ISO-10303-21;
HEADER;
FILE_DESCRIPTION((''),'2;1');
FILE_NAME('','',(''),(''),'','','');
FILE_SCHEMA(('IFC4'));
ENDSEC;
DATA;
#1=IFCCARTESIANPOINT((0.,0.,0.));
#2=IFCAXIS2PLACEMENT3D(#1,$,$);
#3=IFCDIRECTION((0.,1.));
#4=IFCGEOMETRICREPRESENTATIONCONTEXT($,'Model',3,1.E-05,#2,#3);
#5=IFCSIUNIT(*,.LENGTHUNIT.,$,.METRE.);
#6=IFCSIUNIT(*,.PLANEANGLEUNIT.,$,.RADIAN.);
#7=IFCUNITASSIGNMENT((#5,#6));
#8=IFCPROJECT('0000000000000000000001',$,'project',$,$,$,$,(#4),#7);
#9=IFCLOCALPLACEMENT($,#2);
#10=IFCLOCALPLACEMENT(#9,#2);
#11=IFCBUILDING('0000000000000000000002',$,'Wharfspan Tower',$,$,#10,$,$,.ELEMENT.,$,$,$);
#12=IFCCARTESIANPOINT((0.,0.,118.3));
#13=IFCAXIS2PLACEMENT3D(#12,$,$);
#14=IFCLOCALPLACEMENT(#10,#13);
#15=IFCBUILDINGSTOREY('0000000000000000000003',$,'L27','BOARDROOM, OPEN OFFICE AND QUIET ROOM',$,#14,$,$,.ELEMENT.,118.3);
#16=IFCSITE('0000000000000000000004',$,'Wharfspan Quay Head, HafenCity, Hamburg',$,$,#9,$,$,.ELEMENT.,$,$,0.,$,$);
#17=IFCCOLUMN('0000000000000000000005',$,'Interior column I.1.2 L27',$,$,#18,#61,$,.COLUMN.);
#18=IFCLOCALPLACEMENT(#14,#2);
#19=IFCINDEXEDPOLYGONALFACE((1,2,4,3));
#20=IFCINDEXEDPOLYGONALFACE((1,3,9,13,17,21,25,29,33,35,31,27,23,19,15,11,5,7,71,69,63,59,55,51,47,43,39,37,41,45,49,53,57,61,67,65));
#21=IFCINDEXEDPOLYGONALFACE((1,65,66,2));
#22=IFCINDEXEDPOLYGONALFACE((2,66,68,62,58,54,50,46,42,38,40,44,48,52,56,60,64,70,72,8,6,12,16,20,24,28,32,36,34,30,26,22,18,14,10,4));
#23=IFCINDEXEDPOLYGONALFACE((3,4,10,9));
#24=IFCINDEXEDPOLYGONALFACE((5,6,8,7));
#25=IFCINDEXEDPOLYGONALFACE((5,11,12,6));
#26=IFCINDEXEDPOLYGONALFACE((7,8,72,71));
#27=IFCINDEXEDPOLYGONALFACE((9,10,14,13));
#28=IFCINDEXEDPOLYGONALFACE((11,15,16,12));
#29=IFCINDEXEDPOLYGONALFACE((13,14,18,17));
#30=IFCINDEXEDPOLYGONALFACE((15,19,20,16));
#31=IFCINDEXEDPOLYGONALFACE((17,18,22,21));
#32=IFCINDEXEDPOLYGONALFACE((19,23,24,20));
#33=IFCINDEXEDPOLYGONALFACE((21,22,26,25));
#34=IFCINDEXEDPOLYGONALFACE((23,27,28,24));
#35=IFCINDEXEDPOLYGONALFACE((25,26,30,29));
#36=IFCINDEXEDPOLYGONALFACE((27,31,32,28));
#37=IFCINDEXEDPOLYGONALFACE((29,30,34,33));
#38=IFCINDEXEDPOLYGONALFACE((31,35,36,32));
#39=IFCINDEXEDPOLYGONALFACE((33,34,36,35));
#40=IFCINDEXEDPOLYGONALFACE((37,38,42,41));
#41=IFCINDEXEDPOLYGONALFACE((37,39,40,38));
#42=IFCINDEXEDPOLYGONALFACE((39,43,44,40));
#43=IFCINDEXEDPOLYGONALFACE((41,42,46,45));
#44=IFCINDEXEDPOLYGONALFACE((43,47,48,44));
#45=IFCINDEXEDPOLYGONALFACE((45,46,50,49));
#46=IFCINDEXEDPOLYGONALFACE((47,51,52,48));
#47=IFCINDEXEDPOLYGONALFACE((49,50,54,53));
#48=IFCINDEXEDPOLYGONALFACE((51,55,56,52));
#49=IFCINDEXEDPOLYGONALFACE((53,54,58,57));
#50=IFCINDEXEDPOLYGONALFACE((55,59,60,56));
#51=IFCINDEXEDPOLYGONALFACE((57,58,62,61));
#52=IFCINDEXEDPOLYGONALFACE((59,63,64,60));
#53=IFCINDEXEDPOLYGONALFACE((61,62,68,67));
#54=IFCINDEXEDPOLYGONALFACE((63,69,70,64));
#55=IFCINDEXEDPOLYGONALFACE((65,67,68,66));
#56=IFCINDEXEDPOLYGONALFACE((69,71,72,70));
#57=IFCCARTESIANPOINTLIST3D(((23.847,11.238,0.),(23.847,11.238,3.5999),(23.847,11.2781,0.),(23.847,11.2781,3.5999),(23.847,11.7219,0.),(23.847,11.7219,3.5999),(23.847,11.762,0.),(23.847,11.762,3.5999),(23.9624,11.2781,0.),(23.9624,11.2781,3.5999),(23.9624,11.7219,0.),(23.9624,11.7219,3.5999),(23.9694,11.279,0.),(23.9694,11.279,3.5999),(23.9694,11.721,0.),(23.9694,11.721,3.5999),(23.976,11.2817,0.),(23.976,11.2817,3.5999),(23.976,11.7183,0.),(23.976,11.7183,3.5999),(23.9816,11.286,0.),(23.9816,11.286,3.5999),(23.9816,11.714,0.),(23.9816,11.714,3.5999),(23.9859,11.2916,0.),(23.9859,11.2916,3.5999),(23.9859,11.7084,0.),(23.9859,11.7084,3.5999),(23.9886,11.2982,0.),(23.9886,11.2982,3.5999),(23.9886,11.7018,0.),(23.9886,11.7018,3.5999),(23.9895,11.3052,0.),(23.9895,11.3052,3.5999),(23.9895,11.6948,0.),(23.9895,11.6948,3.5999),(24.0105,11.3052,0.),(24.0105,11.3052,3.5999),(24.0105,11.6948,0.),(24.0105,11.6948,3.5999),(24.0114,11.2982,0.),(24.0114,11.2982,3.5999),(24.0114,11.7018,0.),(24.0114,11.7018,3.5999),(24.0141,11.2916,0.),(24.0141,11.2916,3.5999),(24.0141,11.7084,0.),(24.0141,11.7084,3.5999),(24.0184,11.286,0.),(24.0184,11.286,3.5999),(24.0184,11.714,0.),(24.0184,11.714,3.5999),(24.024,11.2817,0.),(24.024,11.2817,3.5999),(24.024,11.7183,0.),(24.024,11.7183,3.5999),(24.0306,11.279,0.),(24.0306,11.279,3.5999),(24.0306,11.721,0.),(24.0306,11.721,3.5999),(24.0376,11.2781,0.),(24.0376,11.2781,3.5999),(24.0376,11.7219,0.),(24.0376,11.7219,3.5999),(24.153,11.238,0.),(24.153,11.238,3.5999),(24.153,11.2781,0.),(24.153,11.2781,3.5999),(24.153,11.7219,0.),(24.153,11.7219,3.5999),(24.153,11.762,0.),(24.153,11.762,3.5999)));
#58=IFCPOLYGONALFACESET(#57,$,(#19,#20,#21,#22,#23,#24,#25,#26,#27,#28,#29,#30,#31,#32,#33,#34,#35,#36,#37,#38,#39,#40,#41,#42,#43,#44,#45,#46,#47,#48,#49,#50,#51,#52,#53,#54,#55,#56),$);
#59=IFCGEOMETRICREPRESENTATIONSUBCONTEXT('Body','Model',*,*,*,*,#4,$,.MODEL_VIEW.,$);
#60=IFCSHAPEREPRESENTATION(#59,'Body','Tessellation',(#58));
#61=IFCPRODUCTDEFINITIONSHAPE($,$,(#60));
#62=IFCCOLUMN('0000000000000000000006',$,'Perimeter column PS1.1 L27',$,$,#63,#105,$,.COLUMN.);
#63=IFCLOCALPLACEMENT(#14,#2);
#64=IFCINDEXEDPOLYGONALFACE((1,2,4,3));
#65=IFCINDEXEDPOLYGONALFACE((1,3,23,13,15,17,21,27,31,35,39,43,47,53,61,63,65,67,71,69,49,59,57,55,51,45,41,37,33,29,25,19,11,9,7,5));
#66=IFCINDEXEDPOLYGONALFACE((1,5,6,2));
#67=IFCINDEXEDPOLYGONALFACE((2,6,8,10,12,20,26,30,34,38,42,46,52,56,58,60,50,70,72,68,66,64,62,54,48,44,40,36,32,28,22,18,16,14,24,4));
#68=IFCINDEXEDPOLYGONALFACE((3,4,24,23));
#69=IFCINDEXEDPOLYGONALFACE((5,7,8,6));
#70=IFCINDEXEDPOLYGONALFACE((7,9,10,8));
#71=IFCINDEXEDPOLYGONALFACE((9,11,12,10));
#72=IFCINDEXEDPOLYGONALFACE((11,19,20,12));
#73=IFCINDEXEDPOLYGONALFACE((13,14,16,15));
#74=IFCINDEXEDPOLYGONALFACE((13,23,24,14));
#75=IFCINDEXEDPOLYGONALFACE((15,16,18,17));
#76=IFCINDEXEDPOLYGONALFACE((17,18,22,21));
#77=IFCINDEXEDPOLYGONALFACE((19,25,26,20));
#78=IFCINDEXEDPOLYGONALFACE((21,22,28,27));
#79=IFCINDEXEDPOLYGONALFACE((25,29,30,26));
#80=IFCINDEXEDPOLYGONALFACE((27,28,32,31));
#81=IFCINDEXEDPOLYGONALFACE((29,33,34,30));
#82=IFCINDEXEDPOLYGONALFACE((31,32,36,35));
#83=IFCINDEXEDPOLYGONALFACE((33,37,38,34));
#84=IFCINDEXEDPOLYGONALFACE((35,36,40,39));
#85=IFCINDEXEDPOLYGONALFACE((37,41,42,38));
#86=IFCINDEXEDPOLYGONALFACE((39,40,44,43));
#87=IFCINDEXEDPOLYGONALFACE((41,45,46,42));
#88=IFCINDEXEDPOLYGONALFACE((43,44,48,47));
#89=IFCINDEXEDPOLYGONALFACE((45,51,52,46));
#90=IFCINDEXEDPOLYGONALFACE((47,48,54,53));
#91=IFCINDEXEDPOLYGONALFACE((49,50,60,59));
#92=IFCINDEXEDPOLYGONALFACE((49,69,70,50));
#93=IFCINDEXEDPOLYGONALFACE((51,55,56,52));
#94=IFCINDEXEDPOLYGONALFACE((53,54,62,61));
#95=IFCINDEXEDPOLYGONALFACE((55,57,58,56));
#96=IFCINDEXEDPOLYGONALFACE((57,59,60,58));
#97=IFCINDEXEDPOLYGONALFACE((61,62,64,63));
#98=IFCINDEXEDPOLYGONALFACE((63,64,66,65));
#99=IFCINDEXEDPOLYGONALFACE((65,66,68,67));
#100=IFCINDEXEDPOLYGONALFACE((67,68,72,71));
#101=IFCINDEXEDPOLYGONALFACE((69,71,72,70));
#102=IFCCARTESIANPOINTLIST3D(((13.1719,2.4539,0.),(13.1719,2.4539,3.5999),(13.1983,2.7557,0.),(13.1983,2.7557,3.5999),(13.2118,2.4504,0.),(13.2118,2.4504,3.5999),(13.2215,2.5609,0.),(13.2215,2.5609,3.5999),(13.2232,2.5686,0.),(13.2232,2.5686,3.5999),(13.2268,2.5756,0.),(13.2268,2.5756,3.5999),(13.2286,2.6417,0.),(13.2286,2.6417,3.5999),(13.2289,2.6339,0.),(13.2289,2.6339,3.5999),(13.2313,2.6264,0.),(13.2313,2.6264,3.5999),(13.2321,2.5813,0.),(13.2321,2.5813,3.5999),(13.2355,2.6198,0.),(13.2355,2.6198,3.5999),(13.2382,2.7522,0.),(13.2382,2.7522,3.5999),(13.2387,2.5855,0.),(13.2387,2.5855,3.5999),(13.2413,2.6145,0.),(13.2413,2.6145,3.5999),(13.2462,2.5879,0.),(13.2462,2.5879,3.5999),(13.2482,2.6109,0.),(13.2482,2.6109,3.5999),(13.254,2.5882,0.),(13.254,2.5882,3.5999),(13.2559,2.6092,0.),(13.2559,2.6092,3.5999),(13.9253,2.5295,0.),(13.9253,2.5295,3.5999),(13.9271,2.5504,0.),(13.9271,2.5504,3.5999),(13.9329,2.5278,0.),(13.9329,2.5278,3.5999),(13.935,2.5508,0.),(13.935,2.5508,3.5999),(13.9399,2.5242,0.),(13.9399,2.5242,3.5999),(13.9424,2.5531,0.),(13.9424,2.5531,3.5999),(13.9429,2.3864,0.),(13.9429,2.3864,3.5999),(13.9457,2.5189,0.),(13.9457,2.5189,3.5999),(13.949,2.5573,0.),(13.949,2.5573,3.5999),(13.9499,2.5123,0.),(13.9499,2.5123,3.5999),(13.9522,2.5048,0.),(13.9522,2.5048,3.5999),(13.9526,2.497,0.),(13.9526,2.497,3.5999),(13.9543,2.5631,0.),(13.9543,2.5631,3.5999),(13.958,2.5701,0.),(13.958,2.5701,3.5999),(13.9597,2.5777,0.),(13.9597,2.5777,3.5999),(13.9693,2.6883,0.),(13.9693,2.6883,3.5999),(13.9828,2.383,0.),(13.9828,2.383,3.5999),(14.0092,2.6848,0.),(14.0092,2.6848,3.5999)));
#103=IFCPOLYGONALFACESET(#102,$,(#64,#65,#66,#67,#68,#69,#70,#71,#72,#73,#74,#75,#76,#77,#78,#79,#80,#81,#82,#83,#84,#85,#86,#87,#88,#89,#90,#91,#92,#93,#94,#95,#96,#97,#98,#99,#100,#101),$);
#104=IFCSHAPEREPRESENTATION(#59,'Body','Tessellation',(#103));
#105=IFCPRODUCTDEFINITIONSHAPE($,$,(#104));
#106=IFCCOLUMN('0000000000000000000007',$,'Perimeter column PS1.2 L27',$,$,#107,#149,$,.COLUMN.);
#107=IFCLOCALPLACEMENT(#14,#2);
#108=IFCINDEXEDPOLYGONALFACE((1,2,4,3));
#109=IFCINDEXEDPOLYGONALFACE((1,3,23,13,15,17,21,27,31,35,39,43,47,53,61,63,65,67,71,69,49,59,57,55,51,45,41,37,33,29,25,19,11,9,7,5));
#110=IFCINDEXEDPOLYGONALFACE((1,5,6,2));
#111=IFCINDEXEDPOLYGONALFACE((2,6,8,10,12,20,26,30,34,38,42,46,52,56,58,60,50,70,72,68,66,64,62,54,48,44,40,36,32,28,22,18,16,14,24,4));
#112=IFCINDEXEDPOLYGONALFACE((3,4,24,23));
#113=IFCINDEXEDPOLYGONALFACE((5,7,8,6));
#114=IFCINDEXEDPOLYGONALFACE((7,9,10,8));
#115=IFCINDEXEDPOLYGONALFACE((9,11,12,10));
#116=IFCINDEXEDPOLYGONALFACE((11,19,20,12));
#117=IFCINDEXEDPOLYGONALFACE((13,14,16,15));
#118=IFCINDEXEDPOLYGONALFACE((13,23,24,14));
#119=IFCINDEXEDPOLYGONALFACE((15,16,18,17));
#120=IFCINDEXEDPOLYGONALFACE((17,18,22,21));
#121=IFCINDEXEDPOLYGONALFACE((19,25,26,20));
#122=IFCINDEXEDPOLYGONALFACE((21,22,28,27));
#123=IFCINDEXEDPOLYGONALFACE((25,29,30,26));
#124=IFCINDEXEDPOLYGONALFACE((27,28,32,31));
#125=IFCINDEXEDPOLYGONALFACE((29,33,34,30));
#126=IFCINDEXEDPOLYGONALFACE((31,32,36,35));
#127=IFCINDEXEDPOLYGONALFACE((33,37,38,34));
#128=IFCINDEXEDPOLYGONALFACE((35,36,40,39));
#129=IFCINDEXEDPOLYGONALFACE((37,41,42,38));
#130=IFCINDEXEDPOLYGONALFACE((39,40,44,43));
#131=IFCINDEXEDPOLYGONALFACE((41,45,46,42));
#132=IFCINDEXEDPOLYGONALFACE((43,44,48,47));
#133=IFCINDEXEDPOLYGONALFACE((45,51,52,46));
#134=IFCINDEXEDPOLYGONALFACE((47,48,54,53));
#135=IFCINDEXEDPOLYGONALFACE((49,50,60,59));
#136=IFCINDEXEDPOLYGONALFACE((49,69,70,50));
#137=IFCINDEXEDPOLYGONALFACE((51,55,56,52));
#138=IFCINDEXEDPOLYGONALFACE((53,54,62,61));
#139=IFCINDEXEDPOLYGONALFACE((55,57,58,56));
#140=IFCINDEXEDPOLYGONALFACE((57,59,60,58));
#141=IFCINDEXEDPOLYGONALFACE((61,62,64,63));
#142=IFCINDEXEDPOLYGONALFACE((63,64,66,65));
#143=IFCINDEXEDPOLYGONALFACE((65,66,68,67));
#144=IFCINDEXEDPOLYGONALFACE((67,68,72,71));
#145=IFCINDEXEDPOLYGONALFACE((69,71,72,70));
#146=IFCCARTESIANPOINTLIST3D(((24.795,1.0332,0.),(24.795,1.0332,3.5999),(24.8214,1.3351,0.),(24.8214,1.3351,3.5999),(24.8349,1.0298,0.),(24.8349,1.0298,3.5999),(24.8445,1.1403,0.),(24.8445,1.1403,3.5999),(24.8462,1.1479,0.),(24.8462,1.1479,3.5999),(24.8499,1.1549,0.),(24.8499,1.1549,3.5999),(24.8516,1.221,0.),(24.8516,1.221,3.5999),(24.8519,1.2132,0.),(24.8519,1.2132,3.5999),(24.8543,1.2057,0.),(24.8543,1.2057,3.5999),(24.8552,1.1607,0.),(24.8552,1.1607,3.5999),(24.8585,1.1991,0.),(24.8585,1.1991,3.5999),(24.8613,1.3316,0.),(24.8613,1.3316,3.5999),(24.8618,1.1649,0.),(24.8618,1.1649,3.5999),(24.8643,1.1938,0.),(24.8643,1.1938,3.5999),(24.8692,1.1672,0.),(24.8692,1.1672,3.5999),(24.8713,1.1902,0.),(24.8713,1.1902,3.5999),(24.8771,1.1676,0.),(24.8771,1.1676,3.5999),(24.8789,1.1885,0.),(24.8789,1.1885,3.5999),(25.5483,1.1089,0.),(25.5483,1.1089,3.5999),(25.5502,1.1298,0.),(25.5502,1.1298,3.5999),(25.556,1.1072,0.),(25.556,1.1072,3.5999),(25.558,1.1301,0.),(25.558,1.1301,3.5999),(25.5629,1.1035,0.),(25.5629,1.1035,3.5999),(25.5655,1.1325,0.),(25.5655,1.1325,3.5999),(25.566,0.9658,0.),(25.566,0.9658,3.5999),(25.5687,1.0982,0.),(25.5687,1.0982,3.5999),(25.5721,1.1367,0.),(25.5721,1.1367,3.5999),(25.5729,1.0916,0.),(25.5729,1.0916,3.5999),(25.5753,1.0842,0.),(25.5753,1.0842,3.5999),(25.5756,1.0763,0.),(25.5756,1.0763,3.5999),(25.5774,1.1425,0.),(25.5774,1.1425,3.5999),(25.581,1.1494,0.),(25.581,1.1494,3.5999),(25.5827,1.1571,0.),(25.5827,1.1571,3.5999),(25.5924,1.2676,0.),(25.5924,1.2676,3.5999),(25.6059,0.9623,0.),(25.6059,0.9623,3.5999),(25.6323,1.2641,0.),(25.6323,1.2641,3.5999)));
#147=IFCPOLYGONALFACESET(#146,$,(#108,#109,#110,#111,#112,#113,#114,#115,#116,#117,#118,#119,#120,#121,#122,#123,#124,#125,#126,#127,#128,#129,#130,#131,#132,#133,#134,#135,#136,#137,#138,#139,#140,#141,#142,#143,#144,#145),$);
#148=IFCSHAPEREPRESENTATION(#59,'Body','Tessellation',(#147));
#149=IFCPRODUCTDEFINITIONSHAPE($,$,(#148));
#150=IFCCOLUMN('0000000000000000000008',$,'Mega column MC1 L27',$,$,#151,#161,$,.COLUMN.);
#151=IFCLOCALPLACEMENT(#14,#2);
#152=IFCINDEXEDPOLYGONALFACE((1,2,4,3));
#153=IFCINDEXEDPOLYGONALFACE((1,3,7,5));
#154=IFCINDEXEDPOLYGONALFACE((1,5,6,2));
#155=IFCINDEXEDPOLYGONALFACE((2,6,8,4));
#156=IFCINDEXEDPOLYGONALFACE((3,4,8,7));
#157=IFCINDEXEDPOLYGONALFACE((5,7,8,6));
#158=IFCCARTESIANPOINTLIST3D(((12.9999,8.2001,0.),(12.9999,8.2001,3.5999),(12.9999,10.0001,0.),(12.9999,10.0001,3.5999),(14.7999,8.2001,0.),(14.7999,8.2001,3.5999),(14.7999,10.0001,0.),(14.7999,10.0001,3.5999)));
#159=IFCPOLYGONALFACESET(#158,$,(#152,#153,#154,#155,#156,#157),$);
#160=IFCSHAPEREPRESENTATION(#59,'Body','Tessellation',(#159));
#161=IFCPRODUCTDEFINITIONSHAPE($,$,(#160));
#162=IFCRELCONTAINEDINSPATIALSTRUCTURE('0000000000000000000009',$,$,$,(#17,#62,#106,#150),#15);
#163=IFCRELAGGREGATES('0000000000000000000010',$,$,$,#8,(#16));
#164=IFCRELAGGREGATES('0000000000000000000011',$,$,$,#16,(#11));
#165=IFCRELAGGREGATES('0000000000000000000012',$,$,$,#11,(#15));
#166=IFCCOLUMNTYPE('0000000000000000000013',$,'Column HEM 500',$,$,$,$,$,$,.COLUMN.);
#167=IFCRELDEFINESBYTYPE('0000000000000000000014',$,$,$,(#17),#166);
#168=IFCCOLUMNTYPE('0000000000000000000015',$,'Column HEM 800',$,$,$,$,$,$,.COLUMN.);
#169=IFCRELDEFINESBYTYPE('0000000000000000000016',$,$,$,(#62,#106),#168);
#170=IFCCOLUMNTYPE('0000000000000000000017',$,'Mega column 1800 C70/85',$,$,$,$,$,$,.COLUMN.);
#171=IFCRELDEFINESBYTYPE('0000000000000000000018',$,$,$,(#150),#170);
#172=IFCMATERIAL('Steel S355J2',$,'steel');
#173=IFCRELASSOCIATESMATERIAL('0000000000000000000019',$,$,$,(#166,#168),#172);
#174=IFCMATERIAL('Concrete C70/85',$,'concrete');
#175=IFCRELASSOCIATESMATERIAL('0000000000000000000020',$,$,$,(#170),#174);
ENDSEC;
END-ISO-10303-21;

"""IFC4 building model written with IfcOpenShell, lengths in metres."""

from ifc_helpers import new_model, si_unit, direction, frame, origin, origin_2d, place, context, subcontext, project, spatial, rectangle, i_section, extrude, material, material_profile, profile_set, type_object, element, save


model = new_model("IFC4")

# Units and contexts
model_context = context("Model", 3, precision=1e-05, world=origin(), true_north=direction((0.0, 1.0)))
body_context = subcontext(model_context, "Body", "Model", "MODEL_VIEW")
ifc_project = project(units=[si_unit("LENGTHUNIT", "METRE"), si_unit("PLANEANGLEUNIT", "RADIAN")], contexts=[model_context])

# Site, building, storey
site_placement = place(None, origin())
site = spatial("IfcSite", under=ifc_project, at=site_placement, Name="Wharfspan Quay Head, HafenCity, Hamburg", CompositionType="ELEMENT", RefElevation=0.0)
building_placement = place(site_placement, origin())
building = spatial("IfcBuilding", under=site, at=building_placement, Name="Wharfspan Tower", CompositionType="ELEMENT")
storey_placement = place(building_placement, frame((0.0, 0.0, 118.3)))
storey = spatial("IfcBuildingStorey", under=building, at=storey_placement, Name="L27", Description="BOARDROOM, OPEN OFFICE AND QUIET ROOM", CompositionType="ELEMENT", Elevation=118.3)

# Columns
ifc_material_1 = material(Name="Steel S355J2", Category="steel")
ifc_material_profile_1 = material_profile(ifc_material_1, i_section(OverallWidth=0.3059, OverallDepth=0.5239, WebThickness=0.021, FlangeThickness=0.04, FilletRadius=0.0271, at=origin_2d()))
ifc_profile_set_1 = profile_set([ifc_material_profile_1], Name="Steel S355J2")
column_type_1 = type_object("IfcColumnType", Name="Column HEM 500", PredefinedType="COLUMN", material=ifc_profile_set_1)
column_1_placement = place(storey_placement, frame((24.0, 11.5, 0.0), z_axis=(0.0, 0.0, 1.0), x_axis=(1.0, 0.0, 0.0)))
element("IfcColumn", 1, at=column_1_placement, inside=storey, type_object=column_type_1, Name="Interior column I.1.2 L27", PredefinedType="COLUMN", context=body_context, shape_type="SweptSolid", body=[
    extrude(i_section(OverallWidth=0.3059, OverallDepth=0.5239, WebThickness=0.021, FlangeThickness=0.04, FilletRadius=0.0271, at=origin_2d()), origin(), (0.0, 0.0, 1.0), 3.5999),
])
ifc_material_profile_2 = material_profile(ifc_material_1, i_section(OverallWidth=0.303, OverallDepth=0.814, WebThickness=0.021, FlangeThickness=0.04, FilletRadius=0.03, at=origin_2d()))
ifc_profile_set_2 = profile_set([ifc_material_profile_2], Name="Steel S355J2")
column_type_2 = type_object("IfcColumnType", Name="Column HEM 800", PredefinedType="COLUMN", material=ifc_profile_set_2)
for number, where, z_axis, x_axis, name in (
    (2, (13.5906, 2.5693, 0.0), (0.0, 0.0, 1.0), (-0.087156, -0.996198, 0.0), "Perimeter column PS1.1 L27"),
    (3, (25.2136, 1.1487, 0.0), (0.0, 0.0, 1.0), (-0.087156, -0.996198, 0.0), "Perimeter column PS1.2 L27"),
):
    element("IfcColumn", number, at=place(storey_placement, frame(where, z_axis=z_axis, x_axis=x_axis)), inside=storey, type_object=column_type_2, Name=name, PredefinedType="COLUMN", context=body_context, shape_type="SweptSolid", body=[
        extrude(i_section(OverallWidth=0.303, OverallDepth=0.814, WebThickness=0.021, FlangeThickness=0.04, FilletRadius=0.03, at=origin_2d()), origin(), (0.0, 0.0, 1.0), 3.5999),
    ])
ifc_material_2 = material(Name="Concrete C70/85", Category="concrete")
ifc_material_profile_3 = material_profile(ifc_material_2, rectangle(XDim=1.8, YDim=1.8, at=origin_2d()))
ifc_profile_set_3 = profile_set([ifc_material_profile_3], Name="Concrete C70/85")
column_type_3 = type_object("IfcColumnType", Name="Mega column 1800 C70/85", PredefinedType="COLUMN", material=ifc_profile_set_3)
column_2_placement = place(storey_placement, frame((13.8999, 9.1001, 0.0), z_axis=(0.0, 0.0, 1.0), x_axis=(1.0, 0.0, 0.0)))
element("IfcColumn", 4, at=column_2_placement, inside=storey, type_object=column_type_3, Name="Mega column MC1 L27", PredefinedType="COLUMN", context=body_context, shape_type="SweptSolid", body=[
    extrude(rectangle(XDim=1.8, YDim=1.8, at=origin_2d()), origin(), (0.0, 0.0, 1.0), 3.5999),
])

save(model, "model.ifc")
